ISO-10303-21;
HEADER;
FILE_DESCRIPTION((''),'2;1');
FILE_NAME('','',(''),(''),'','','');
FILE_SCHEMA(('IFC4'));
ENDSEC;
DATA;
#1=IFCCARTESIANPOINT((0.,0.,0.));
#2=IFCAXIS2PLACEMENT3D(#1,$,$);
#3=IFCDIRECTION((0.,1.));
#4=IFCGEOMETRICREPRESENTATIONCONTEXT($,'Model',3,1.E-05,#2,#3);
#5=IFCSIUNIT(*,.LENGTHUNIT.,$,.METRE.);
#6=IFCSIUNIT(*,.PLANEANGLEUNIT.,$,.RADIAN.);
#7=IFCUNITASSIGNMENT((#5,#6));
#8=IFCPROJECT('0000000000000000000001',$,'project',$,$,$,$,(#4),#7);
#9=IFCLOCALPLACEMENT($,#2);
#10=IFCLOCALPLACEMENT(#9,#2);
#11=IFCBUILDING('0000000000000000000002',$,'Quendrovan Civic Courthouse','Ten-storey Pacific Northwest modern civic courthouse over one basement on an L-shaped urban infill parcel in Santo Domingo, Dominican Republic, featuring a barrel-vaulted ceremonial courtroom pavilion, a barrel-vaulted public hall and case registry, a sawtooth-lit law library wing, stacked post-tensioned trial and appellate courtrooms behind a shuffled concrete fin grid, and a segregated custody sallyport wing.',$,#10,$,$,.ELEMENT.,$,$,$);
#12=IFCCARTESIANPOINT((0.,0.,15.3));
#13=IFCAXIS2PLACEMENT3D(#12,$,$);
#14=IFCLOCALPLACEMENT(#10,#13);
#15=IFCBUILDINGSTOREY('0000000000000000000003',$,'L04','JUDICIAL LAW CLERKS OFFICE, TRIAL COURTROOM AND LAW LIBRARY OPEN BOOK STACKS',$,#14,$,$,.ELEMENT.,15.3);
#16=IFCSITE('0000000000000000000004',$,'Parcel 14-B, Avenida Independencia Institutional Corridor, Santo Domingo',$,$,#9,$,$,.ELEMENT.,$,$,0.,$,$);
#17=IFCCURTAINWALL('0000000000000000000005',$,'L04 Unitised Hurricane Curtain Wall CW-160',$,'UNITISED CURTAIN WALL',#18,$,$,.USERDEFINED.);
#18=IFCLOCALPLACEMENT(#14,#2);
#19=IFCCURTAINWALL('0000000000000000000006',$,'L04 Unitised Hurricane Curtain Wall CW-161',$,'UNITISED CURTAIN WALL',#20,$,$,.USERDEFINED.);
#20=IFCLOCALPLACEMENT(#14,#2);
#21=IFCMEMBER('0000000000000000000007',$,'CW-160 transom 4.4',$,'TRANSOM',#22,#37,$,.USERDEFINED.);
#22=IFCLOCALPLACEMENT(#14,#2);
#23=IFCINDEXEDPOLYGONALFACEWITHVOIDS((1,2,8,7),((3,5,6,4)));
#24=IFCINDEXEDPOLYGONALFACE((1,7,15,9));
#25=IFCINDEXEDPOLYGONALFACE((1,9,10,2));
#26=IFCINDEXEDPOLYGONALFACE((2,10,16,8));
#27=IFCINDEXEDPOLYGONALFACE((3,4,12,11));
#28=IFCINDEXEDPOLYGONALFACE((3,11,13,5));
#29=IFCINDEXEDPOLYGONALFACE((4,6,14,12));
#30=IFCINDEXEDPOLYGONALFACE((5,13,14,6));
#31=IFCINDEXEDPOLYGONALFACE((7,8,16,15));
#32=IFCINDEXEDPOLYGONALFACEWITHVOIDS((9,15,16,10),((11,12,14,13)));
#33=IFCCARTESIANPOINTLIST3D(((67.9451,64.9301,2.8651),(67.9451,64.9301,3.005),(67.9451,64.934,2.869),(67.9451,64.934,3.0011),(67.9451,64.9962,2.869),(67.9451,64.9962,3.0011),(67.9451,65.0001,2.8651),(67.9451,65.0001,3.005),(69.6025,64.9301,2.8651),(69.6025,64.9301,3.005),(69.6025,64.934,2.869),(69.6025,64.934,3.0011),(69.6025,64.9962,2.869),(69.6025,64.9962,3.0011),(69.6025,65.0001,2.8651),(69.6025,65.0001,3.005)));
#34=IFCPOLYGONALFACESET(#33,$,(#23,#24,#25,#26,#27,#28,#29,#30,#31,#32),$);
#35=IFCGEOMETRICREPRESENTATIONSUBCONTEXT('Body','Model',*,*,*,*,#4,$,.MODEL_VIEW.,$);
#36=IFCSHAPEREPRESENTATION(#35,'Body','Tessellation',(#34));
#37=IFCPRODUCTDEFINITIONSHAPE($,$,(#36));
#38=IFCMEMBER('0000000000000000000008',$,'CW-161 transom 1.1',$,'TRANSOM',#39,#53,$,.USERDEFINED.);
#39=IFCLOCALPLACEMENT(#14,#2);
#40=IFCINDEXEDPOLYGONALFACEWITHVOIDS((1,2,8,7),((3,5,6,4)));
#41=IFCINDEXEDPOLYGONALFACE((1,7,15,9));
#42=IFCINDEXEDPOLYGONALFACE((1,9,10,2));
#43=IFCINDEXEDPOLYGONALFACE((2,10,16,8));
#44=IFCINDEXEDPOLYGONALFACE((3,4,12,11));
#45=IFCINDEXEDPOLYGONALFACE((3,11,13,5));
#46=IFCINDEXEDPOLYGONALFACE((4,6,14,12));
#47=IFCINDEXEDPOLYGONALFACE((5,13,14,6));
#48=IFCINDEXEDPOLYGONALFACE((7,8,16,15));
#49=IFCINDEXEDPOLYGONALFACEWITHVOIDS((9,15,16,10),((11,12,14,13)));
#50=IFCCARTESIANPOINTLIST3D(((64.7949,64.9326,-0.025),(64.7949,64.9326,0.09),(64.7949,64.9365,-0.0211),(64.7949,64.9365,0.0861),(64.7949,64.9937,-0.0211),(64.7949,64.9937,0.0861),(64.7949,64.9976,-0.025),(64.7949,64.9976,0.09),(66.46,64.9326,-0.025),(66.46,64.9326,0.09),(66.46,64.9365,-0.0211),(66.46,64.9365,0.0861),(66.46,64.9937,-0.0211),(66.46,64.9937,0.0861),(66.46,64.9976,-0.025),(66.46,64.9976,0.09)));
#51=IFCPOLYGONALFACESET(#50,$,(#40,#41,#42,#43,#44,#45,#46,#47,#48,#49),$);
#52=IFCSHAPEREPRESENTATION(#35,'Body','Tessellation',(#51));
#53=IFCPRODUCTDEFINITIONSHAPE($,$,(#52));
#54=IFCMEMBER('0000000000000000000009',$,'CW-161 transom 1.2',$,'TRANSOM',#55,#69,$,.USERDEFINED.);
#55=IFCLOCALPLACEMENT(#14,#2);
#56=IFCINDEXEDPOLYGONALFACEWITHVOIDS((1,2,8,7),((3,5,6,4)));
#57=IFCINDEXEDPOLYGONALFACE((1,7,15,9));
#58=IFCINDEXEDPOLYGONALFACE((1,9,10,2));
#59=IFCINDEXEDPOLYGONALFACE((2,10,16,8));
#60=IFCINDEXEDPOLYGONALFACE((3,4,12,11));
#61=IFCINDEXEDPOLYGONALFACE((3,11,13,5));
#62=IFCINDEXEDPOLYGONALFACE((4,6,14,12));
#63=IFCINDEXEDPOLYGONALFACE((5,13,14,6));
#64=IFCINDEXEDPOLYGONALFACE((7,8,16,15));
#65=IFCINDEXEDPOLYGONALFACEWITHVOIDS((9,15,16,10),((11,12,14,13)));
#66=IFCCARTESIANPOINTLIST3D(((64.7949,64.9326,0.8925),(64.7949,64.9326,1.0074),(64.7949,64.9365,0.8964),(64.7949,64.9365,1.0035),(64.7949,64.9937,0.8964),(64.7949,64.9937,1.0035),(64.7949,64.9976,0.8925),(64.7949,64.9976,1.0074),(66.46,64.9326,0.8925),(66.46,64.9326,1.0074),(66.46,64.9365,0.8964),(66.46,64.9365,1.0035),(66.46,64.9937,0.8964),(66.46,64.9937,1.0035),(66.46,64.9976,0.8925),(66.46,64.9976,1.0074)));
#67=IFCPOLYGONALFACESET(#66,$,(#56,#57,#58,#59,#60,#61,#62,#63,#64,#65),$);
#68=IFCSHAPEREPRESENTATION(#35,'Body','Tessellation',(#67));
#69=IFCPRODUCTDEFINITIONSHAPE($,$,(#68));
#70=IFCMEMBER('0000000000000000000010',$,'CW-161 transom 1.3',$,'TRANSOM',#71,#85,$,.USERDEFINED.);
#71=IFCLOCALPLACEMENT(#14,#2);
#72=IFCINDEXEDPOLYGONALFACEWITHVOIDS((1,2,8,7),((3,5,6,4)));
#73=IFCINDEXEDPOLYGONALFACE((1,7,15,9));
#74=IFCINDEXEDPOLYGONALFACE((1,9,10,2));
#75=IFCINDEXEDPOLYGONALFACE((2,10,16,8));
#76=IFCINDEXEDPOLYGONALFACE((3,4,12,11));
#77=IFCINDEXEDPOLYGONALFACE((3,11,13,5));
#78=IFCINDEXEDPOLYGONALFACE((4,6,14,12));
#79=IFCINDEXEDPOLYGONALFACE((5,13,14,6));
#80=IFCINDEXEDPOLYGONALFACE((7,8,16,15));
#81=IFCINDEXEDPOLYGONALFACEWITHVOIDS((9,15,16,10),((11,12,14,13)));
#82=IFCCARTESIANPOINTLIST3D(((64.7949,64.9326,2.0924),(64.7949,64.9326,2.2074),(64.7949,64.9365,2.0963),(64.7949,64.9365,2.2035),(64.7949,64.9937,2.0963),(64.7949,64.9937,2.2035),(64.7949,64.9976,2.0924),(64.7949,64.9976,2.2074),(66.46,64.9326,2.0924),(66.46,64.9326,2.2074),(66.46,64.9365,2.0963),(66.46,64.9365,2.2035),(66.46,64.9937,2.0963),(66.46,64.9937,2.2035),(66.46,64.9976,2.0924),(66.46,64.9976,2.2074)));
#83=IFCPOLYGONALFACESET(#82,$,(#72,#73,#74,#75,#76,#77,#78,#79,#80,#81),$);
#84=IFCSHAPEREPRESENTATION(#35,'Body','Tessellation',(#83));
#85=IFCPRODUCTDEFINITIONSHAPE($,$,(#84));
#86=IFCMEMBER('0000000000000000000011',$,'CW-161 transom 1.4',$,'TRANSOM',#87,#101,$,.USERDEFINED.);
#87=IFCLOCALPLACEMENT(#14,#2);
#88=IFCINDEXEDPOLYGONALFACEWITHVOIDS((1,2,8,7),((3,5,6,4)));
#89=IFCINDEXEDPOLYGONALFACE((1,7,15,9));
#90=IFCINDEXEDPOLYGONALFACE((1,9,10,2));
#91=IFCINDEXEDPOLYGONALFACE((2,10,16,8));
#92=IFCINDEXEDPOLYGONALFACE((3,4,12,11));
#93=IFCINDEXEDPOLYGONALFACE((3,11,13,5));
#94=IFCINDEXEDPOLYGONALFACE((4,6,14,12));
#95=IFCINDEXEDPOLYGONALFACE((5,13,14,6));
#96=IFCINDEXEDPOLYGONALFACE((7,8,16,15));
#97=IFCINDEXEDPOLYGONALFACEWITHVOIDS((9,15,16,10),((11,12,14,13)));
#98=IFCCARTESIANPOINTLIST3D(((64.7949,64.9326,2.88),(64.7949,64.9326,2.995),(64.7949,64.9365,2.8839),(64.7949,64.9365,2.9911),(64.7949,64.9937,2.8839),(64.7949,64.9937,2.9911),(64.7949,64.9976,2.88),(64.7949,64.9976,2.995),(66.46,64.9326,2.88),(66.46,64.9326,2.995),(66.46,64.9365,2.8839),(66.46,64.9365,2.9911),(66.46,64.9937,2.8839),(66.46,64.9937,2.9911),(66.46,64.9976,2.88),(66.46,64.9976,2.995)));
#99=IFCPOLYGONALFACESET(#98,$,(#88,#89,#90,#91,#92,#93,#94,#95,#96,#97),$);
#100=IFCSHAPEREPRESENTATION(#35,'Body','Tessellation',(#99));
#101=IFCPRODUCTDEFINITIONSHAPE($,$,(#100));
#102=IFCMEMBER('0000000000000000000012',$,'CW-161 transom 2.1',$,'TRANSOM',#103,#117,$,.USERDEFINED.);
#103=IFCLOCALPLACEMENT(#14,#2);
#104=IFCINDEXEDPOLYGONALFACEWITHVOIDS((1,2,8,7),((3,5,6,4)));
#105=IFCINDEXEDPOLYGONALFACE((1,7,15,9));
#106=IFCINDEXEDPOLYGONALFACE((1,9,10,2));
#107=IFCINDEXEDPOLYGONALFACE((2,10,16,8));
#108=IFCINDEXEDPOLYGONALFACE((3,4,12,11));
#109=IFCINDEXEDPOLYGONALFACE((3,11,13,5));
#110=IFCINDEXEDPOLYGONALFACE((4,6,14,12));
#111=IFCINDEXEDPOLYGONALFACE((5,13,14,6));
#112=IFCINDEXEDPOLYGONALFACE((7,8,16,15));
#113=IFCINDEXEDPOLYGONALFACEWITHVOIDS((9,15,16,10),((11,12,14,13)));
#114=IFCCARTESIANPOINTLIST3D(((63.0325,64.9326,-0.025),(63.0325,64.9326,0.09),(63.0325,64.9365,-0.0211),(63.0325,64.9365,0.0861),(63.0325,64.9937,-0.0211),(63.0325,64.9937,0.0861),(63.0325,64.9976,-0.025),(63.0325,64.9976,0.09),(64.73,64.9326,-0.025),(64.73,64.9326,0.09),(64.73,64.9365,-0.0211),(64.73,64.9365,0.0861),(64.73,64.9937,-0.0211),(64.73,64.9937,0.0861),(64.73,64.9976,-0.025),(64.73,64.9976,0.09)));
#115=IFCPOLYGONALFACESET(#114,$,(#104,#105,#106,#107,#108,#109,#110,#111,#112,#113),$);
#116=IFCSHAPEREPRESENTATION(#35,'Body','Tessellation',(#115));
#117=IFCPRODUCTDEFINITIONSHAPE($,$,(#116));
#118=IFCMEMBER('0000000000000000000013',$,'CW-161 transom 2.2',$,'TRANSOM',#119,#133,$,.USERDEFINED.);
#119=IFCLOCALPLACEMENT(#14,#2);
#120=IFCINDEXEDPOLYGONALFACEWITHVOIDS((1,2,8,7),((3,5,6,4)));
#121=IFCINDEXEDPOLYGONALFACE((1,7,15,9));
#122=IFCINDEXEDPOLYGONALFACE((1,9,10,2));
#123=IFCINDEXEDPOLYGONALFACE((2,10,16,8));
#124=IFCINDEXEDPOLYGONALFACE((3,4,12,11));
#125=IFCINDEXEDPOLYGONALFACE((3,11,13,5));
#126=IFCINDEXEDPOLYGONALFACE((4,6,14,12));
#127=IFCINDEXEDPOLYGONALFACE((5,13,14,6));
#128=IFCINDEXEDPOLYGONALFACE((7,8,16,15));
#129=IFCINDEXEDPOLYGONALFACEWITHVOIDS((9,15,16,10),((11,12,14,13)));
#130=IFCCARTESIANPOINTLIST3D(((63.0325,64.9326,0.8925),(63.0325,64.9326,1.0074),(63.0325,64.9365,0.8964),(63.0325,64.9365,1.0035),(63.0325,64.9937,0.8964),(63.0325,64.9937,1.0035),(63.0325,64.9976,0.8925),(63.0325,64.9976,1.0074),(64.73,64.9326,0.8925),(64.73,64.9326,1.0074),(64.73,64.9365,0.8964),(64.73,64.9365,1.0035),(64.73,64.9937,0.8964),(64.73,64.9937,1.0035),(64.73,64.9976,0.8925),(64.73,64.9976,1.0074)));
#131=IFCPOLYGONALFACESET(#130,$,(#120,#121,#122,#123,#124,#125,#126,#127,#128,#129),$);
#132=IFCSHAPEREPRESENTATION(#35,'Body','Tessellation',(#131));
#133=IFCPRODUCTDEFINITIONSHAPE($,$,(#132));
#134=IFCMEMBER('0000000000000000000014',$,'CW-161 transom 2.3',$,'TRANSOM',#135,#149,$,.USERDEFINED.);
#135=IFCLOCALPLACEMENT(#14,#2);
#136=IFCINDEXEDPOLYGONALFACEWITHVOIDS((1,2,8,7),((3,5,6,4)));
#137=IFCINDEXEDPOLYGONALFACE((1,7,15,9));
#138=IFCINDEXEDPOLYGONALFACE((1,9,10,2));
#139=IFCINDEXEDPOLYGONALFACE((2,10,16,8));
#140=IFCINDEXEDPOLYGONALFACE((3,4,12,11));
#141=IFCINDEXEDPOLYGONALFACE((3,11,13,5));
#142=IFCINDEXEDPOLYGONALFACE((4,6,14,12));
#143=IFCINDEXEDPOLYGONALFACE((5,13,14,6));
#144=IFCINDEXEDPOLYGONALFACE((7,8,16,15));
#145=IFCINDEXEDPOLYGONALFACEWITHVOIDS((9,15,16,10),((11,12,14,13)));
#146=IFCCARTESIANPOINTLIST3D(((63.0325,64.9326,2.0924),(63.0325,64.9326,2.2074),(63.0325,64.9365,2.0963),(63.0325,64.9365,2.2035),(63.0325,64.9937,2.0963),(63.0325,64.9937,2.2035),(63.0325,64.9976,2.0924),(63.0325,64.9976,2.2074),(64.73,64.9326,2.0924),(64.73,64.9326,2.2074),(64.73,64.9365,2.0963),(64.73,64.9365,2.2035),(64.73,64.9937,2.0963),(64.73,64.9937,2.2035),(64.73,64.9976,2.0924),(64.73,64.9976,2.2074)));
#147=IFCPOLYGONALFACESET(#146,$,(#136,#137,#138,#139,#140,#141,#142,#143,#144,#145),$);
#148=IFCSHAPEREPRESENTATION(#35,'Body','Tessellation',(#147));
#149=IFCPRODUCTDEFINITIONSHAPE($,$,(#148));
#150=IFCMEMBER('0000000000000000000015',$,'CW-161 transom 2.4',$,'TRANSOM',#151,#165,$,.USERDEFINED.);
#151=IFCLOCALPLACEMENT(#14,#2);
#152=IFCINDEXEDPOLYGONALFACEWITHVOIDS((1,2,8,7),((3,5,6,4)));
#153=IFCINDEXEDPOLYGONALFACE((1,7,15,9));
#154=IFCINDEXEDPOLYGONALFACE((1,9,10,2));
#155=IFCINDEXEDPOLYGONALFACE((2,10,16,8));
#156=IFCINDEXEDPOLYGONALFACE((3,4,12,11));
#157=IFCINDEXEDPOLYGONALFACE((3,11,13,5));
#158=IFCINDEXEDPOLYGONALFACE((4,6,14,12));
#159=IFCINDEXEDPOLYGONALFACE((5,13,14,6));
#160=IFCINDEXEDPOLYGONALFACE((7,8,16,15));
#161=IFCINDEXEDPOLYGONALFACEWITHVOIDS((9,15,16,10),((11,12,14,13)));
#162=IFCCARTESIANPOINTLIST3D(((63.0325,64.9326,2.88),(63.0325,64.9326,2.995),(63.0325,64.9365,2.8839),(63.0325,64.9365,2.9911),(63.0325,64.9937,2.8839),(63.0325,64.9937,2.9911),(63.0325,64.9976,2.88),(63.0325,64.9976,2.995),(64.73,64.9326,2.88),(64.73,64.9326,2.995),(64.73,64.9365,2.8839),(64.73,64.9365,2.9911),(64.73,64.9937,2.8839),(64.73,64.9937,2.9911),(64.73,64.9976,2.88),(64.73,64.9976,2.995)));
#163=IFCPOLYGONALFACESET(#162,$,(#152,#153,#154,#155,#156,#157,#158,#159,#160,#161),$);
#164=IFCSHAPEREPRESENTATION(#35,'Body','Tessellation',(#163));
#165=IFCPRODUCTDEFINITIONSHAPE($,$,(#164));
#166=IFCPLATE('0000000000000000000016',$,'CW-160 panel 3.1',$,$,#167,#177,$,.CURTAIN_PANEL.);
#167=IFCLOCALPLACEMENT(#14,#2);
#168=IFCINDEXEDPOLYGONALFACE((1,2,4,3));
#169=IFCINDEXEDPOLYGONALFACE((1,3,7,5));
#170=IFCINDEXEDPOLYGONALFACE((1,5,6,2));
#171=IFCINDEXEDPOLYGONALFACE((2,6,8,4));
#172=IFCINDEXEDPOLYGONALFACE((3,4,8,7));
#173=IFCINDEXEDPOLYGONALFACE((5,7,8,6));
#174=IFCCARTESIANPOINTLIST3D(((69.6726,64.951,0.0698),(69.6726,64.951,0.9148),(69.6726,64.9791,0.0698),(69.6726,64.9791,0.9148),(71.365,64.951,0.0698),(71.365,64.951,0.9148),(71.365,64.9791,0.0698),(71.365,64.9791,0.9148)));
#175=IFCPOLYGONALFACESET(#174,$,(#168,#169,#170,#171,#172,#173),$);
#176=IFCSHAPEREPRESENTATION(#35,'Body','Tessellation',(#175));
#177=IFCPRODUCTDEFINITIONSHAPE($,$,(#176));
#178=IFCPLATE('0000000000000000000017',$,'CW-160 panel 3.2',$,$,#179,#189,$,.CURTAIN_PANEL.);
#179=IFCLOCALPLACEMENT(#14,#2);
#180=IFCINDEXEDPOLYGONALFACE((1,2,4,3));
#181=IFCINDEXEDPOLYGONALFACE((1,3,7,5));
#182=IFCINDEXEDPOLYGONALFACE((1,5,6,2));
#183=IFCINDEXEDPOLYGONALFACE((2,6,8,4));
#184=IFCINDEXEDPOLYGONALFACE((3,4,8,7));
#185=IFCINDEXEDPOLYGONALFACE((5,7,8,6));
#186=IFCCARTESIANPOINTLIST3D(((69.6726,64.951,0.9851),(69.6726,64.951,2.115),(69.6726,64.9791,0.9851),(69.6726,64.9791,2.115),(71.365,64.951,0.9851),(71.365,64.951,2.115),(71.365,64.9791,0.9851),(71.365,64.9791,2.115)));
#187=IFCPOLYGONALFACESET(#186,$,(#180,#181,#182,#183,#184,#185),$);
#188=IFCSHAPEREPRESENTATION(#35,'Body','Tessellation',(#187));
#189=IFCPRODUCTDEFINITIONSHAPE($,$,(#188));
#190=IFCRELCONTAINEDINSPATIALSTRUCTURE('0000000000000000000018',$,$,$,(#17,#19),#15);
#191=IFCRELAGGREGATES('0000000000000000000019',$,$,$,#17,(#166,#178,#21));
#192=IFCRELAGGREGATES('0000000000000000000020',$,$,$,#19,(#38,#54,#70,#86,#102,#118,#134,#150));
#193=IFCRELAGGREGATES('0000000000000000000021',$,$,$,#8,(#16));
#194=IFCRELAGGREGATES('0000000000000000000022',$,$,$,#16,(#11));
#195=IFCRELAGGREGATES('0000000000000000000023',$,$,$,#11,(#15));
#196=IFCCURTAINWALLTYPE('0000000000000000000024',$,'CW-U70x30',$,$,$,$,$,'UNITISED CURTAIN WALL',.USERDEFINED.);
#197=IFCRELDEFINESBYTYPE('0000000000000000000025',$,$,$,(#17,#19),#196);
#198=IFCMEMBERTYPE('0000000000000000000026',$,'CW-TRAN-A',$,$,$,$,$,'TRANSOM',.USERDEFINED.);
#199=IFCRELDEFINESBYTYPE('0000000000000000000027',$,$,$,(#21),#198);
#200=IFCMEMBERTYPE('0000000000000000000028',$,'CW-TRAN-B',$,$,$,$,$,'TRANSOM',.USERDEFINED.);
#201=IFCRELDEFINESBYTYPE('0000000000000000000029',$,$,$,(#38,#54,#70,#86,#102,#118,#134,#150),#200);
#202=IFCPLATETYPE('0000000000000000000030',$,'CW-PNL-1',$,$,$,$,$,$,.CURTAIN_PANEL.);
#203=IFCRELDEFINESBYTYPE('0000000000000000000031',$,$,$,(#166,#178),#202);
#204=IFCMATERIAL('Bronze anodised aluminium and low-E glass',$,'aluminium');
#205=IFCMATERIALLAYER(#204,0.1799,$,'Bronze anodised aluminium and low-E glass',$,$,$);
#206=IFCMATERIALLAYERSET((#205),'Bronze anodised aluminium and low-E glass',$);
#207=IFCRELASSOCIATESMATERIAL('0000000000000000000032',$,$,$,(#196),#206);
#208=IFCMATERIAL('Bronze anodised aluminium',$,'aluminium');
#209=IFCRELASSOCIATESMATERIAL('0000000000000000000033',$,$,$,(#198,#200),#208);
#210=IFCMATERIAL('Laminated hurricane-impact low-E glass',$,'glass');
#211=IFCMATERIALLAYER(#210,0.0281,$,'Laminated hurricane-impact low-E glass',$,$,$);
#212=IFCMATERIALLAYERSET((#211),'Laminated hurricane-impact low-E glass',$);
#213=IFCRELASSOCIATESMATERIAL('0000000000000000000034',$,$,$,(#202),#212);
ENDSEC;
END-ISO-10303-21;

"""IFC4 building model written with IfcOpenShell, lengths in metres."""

from ifc_helpers import new_model, si_unit, direction, frame, origin, origin_2d, place, context, subcontext, project, spatial, rectangle, hollow_rectangle, extrude, material, layer, layer_set, material_profile, profile_set, type_object, element, aggregate, save


model = new_model("IFC4")

# Units and contexts
model_context = context("Model", 3, precision=1e-05, world=origin(), true_north=direction((0.0, 1.0)))
body_context = subcontext(model_context, "Body", "Model", "MODEL_VIEW")
ifc_project = project(units=[si_unit("LENGTHUNIT", "METRE"), si_unit("PLANEANGLEUNIT", "RADIAN")], contexts=[model_context])

# Site, building, storey
site_placement = place(None, origin())
site = spatial("IfcSite", under=ifc_project, at=site_placement, Name="Parcel 14-B, Avenida Independencia Institutional Corridor, Santo Domingo", CompositionType="ELEMENT", RefElevation=0.0)
building_placement = place(site_placement, origin())
building = spatial("IfcBuilding", under=site, at=building_placement, Name="Quendrovan Civic Courthouse", Description="Ten-storey Pacific Northwest modern civic courthouse over one basement on an L-shaped urban infill parcel in Santo Domingo, Dominican Republic, featuring a barrel-vaulted ceremonial courtroom pavilion, a barrel-vaulted public hall and case registry, a sawtooth-lit law library wing, stacked post-tensioned trial and appellate courtrooms behind a shuffled concrete fin grid, and a segregated custody sallyport wing.", CompositionType="ELEMENT")
storey_placement = place(building_placement, frame((0.0, 0.0, 15.3)))
storey = spatial("IfcBuildingStorey", under=building, at=storey_placement, Name="L04", Description="JUDICIAL LAW CLERKS OFFICE, TRIAL COURTROOM AND LAW LIBRARY OPEN BOOK STACKS", CompositionType="ELEMENT", Elevation=15.3)

# Curtain walls
ifc_material_1 = material(Name="Bronze anodised aluminium and low-E glass", Category="aluminium")
ifc_layer_1 = layer(ifc_material_1, 0.1799, Name="Bronze anodised aluminium and low-E glass")
ifc_layer_set_1 = layer_set([ifc_layer_1], Name="Bronze anodised aluminium and low-E glass")
curtain_wall_type = type_object("IfcCurtainWallType", Name="CW-U70x30", ElementType="UNITISED CURTAIN WALL", PredefinedType="USERDEFINED", material=ifc_layer_set_1)
curtain_wall_1_placement = place(storey_placement, origin())
curtain_wall_1 = element("IfcCurtainWall", 1, at=curtain_wall_1_placement, inside=storey, type_object=curtain_wall_type, Name="L04 Unitised Hurricane Curtain Wall CW-160", ObjectType="UNITISED CURTAIN WALL", PredefinedType="USERDEFINED")
ifc_material_2 = material(Name="Bronze anodised aluminium", Category="aluminium")
curtain_wall_2_placement = place(storey_placement, origin())
curtain_wall_2 = element("IfcCurtainWall", 2, at=curtain_wall_2_placement, inside=storey, type_object=curtain_wall_type, Name="L04 Unitised Hurricane Curtain Wall CW-161", ObjectType="UNITISED CURTAIN WALL", PredefinedType="USERDEFINED")

# Members
ifc_material_profile_1 = material_profile(ifc_material_2, hollow_rectangle(XDim=0.0701, YDim=0.1399, WallThickness=0.0039, at=origin_2d()), Name="CW-TRAN-70x140")
ifc_profile_set_1 = profile_set([ifc_material_profile_1], Name="Bronze anodised aluminium")
member_type_1 = type_object("IfcMemberType", Name="CW-TRAN-A", ElementType="TRANSOM", PredefinedType="USERDEFINED", material=ifc_profile_set_1)
member_1_placement = place(storey_placement, frame((69.6025, 64.9651, 2.9351), z_axis=(-1.0, 0.0, 0.0), x_axis=(0.0, -1.0, 0.0)))
member_1 = element("IfcMember", 3, at=member_1_placement, type_object=member_type_1, Name="CW-160 transom 4.4", ObjectType="TRANSOM", PredefinedType="USERDEFINED", context=body_context, shape_type="SweptSolid", body=[
    extrude(hollow_rectangle(XDim=0.0701, YDim=0.1399, WallThickness=0.0039, at=origin_2d()), origin(), (0.0, 0.0, 1.0), 1.6575),
])
ifc_material_profile_2 = material_profile(ifc_material_2, hollow_rectangle(XDim=0.0649, YDim=0.115, WallThickness=0.0039, at=origin_2d()), Name="CW-TRAN-65x115")
ifc_profile_set_2 = profile_set([ifc_material_profile_2], Name="Bronze anodised aluminium")
member_type_2 = type_object("IfcMemberType", Name="CW-TRAN-B", ElementType="TRANSOM", PredefinedType="USERDEFINED", material=ifc_profile_set_2)
member_2_placement = place(storey_placement, frame((66.46, 64.9651, 0.0325), z_axis=(-1.0, 0.0, 0.0), x_axis=(0.0, -1.0, 0.0)))
member_2 = element("IfcMember", 4, at=member_2_placement, type_object=member_type_2, Name="CW-161 transom 1.1", ObjectType="TRANSOM", PredefinedType="USERDEFINED", context=body_context, shape_type="SweptSolid", body=[
    extrude(hollow_rectangle(XDim=0.0649, YDim=0.115, WallThickness=0.0039, at=origin_2d()), origin(), (0.0, 0.0, 1.0), 1.665),
])
member_3_placement = place(storey_placement, frame((66.46, 64.9651, 0.95), z_axis=(-1.0, 0.0, 0.0), x_axis=(0.0, -1.0, 0.0)))
member_3 = element("IfcMember", 5, at=member_3_placement, type_object=member_type_2, Name="CW-161 transom 1.2", ObjectType="TRANSOM", PredefinedType="USERDEFINED", context=body_context, shape_type="SweptSolid", body=[
    extrude(hollow_rectangle(XDim=0.0649, YDim=0.115, WallThickness=0.0039, at=origin_2d()), origin(), (0.0, 0.0, 1.0), 1.665),
])
member_4_placement = place(storey_placement, frame((66.46, 64.9651, 2.1499), z_axis=(-1.0, 0.0, 0.0), x_axis=(0.0, -1.0, 0.0)))
member_4 = element("IfcMember", 6, at=member_4_placement, type_object=member_type_2, Name="CW-161 transom 1.3", ObjectType="TRANSOM", PredefinedType="USERDEFINED", context=body_context, shape_type="SweptSolid", body=[
    extrude(hollow_rectangle(XDim=0.0649, YDim=0.115, WallThickness=0.0039, at=origin_2d()), origin(), (0.0, 0.0, 1.0), 1.665),
])
member_5_placement = place(storey_placement, frame((66.46, 64.9651, 2.9375), z_axis=(-1.0, 0.0, 0.0), x_axis=(0.0, -1.0, 0.0)))
member_5 = element("IfcMember", 7, at=member_5_placement, type_object=member_type_2, Name="CW-161 transom 1.4", ObjectType="TRANSOM", PredefinedType="USERDEFINED", context=body_context, shape_type="SweptSolid", body=[
    extrude(hollow_rectangle(XDim=0.0649, YDim=0.115, WallThickness=0.0039, at=origin_2d()), origin(), (0.0, 0.0, 1.0), 1.665),
])
member_6_placement = place(storey_placement, frame((64.73, 64.9651, 0.0325), z_axis=(-1.0, 0.0, 0.0), x_axis=(0.0, -1.0, 0.0)))
member_6 = element("IfcMember", 8, at=member_6_placement, type_object=member_type_2, Name="CW-161 transom 2.1", ObjectType="TRANSOM", PredefinedType="USERDEFINED", context=body_context, shape_type="SweptSolid", body=[
    extrude(hollow_rectangle(XDim=0.0649, YDim=0.115, WallThickness=0.0039, at=origin_2d()), origin(), (0.0, 0.0, 1.0), 1.6975),
])
member_7_placement = place(storey_placement, frame((64.73, 64.9651, 0.95), z_axis=(-1.0, 0.0, 0.0), x_axis=(0.0, -1.0, 0.0)))
member_7 = element("IfcMember", 9, at=member_7_placement, type_object=member_type_2, Name="CW-161 transom 2.2", ObjectType="TRANSOM", PredefinedType="USERDEFINED", context=body_context, shape_type="SweptSolid", body=[
    extrude(hollow_rectangle(XDim=0.0649, YDim=0.115, WallThickness=0.0039, at=origin_2d()), origin(), (0.0, 0.0, 1.0), 1.6975),
])
member_8_placement = place(storey_placement, frame((64.73, 64.9651, 2.1499), z_axis=(-1.0, 0.0, 0.0), x_axis=(0.0, -1.0, 0.0)))
member_8 = element("IfcMember", 10, at=member_8_placement, type_object=member_type_2, Name="CW-161 transom 2.3", ObjectType="TRANSOM", PredefinedType="USERDEFINED", context=body_context, shape_type="SweptSolid", body=[
    extrude(hollow_rectangle(XDim=0.0649, YDim=0.115, WallThickness=0.0039, at=origin_2d()), origin(), (0.0, 0.0, 1.0), 1.6975),
])
member_9_placement = place(storey_placement, frame((64.73, 64.9651, 2.9375), z_axis=(-1.0, 0.0, 0.0), x_axis=(0.0, -1.0, 0.0)))
member_9 = element("IfcMember", 11, at=member_9_placement, type_object=member_type_2, Name="CW-161 transom 2.4", ObjectType="TRANSOM", PredefinedType="USERDEFINED", context=body_context, shape_type="SweptSolid", body=[
    extrude(hollow_rectangle(XDim=0.0649, YDim=0.115, WallThickness=0.0039, at=origin_2d()), origin(), (0.0, 0.0, 1.0), 1.6975),
])

# Plates
ifc_material_3 = material(Name="Laminated hurricane-impact low-E glass", Category="glass")
ifc_layer_2 = layer(ifc_material_3, 0.0281, Name="Laminated hurricane-impact low-E glass")
ifc_layer_set_2 = layer_set([ifc_layer_2], Name="Laminated hurricane-impact low-E glass")
plate_type_1 = type_object("IfcPlateType", Name="CW-PNL-1", PredefinedType="CURTAIN_PANEL", material=ifc_layer_set_2)
plate_1_placement = place(storey_placement, frame((70.5188, 64.9651, 0.0698), z_axis=(0.0, 0.0, 1.0), x_axis=(-1.0, 0.0, 0.0)))
plate_1 = element("IfcPlate", 12, at=plate_1_placement, type_object=plate_type_1, Name="CW-160 panel 3.1", PredefinedType="CURTAIN_PANEL", context=body_context, shape_type="SweptSolid", body=[
    extrude(rectangle(XDim=1.6924, YDim=0.0281, at=origin_2d()), origin(), (0.0, 0.0, 1.0), 0.845),
])
plate_2_placement = place(storey_placement, frame((70.5188, 64.9651, 0.9851), z_axis=(0.0, 0.0, 1.0), x_axis=(-1.0, 0.0, 0.0)))
plate_2 = element("IfcPlate", 13, at=plate_2_placement, type_object=plate_type_1, Name="CW-160 panel 3.2", PredefinedType="CURTAIN_PANEL", context=body_context, shape_type="SweptSolid", body=[
    extrude(rectangle(XDim=1.6924, YDim=0.0281, at=origin_2d()), origin(), (0.0, 0.0, 1.0), 1.1299),
])
aggregate(curtain_wall_1, [plate_1, plate_2, member_1])
aggregate(curtain_wall_2, [member_2, member_3, member_4, member_5, member_6, member_7, member_8, member_9])

save(model, "model.ifc")
